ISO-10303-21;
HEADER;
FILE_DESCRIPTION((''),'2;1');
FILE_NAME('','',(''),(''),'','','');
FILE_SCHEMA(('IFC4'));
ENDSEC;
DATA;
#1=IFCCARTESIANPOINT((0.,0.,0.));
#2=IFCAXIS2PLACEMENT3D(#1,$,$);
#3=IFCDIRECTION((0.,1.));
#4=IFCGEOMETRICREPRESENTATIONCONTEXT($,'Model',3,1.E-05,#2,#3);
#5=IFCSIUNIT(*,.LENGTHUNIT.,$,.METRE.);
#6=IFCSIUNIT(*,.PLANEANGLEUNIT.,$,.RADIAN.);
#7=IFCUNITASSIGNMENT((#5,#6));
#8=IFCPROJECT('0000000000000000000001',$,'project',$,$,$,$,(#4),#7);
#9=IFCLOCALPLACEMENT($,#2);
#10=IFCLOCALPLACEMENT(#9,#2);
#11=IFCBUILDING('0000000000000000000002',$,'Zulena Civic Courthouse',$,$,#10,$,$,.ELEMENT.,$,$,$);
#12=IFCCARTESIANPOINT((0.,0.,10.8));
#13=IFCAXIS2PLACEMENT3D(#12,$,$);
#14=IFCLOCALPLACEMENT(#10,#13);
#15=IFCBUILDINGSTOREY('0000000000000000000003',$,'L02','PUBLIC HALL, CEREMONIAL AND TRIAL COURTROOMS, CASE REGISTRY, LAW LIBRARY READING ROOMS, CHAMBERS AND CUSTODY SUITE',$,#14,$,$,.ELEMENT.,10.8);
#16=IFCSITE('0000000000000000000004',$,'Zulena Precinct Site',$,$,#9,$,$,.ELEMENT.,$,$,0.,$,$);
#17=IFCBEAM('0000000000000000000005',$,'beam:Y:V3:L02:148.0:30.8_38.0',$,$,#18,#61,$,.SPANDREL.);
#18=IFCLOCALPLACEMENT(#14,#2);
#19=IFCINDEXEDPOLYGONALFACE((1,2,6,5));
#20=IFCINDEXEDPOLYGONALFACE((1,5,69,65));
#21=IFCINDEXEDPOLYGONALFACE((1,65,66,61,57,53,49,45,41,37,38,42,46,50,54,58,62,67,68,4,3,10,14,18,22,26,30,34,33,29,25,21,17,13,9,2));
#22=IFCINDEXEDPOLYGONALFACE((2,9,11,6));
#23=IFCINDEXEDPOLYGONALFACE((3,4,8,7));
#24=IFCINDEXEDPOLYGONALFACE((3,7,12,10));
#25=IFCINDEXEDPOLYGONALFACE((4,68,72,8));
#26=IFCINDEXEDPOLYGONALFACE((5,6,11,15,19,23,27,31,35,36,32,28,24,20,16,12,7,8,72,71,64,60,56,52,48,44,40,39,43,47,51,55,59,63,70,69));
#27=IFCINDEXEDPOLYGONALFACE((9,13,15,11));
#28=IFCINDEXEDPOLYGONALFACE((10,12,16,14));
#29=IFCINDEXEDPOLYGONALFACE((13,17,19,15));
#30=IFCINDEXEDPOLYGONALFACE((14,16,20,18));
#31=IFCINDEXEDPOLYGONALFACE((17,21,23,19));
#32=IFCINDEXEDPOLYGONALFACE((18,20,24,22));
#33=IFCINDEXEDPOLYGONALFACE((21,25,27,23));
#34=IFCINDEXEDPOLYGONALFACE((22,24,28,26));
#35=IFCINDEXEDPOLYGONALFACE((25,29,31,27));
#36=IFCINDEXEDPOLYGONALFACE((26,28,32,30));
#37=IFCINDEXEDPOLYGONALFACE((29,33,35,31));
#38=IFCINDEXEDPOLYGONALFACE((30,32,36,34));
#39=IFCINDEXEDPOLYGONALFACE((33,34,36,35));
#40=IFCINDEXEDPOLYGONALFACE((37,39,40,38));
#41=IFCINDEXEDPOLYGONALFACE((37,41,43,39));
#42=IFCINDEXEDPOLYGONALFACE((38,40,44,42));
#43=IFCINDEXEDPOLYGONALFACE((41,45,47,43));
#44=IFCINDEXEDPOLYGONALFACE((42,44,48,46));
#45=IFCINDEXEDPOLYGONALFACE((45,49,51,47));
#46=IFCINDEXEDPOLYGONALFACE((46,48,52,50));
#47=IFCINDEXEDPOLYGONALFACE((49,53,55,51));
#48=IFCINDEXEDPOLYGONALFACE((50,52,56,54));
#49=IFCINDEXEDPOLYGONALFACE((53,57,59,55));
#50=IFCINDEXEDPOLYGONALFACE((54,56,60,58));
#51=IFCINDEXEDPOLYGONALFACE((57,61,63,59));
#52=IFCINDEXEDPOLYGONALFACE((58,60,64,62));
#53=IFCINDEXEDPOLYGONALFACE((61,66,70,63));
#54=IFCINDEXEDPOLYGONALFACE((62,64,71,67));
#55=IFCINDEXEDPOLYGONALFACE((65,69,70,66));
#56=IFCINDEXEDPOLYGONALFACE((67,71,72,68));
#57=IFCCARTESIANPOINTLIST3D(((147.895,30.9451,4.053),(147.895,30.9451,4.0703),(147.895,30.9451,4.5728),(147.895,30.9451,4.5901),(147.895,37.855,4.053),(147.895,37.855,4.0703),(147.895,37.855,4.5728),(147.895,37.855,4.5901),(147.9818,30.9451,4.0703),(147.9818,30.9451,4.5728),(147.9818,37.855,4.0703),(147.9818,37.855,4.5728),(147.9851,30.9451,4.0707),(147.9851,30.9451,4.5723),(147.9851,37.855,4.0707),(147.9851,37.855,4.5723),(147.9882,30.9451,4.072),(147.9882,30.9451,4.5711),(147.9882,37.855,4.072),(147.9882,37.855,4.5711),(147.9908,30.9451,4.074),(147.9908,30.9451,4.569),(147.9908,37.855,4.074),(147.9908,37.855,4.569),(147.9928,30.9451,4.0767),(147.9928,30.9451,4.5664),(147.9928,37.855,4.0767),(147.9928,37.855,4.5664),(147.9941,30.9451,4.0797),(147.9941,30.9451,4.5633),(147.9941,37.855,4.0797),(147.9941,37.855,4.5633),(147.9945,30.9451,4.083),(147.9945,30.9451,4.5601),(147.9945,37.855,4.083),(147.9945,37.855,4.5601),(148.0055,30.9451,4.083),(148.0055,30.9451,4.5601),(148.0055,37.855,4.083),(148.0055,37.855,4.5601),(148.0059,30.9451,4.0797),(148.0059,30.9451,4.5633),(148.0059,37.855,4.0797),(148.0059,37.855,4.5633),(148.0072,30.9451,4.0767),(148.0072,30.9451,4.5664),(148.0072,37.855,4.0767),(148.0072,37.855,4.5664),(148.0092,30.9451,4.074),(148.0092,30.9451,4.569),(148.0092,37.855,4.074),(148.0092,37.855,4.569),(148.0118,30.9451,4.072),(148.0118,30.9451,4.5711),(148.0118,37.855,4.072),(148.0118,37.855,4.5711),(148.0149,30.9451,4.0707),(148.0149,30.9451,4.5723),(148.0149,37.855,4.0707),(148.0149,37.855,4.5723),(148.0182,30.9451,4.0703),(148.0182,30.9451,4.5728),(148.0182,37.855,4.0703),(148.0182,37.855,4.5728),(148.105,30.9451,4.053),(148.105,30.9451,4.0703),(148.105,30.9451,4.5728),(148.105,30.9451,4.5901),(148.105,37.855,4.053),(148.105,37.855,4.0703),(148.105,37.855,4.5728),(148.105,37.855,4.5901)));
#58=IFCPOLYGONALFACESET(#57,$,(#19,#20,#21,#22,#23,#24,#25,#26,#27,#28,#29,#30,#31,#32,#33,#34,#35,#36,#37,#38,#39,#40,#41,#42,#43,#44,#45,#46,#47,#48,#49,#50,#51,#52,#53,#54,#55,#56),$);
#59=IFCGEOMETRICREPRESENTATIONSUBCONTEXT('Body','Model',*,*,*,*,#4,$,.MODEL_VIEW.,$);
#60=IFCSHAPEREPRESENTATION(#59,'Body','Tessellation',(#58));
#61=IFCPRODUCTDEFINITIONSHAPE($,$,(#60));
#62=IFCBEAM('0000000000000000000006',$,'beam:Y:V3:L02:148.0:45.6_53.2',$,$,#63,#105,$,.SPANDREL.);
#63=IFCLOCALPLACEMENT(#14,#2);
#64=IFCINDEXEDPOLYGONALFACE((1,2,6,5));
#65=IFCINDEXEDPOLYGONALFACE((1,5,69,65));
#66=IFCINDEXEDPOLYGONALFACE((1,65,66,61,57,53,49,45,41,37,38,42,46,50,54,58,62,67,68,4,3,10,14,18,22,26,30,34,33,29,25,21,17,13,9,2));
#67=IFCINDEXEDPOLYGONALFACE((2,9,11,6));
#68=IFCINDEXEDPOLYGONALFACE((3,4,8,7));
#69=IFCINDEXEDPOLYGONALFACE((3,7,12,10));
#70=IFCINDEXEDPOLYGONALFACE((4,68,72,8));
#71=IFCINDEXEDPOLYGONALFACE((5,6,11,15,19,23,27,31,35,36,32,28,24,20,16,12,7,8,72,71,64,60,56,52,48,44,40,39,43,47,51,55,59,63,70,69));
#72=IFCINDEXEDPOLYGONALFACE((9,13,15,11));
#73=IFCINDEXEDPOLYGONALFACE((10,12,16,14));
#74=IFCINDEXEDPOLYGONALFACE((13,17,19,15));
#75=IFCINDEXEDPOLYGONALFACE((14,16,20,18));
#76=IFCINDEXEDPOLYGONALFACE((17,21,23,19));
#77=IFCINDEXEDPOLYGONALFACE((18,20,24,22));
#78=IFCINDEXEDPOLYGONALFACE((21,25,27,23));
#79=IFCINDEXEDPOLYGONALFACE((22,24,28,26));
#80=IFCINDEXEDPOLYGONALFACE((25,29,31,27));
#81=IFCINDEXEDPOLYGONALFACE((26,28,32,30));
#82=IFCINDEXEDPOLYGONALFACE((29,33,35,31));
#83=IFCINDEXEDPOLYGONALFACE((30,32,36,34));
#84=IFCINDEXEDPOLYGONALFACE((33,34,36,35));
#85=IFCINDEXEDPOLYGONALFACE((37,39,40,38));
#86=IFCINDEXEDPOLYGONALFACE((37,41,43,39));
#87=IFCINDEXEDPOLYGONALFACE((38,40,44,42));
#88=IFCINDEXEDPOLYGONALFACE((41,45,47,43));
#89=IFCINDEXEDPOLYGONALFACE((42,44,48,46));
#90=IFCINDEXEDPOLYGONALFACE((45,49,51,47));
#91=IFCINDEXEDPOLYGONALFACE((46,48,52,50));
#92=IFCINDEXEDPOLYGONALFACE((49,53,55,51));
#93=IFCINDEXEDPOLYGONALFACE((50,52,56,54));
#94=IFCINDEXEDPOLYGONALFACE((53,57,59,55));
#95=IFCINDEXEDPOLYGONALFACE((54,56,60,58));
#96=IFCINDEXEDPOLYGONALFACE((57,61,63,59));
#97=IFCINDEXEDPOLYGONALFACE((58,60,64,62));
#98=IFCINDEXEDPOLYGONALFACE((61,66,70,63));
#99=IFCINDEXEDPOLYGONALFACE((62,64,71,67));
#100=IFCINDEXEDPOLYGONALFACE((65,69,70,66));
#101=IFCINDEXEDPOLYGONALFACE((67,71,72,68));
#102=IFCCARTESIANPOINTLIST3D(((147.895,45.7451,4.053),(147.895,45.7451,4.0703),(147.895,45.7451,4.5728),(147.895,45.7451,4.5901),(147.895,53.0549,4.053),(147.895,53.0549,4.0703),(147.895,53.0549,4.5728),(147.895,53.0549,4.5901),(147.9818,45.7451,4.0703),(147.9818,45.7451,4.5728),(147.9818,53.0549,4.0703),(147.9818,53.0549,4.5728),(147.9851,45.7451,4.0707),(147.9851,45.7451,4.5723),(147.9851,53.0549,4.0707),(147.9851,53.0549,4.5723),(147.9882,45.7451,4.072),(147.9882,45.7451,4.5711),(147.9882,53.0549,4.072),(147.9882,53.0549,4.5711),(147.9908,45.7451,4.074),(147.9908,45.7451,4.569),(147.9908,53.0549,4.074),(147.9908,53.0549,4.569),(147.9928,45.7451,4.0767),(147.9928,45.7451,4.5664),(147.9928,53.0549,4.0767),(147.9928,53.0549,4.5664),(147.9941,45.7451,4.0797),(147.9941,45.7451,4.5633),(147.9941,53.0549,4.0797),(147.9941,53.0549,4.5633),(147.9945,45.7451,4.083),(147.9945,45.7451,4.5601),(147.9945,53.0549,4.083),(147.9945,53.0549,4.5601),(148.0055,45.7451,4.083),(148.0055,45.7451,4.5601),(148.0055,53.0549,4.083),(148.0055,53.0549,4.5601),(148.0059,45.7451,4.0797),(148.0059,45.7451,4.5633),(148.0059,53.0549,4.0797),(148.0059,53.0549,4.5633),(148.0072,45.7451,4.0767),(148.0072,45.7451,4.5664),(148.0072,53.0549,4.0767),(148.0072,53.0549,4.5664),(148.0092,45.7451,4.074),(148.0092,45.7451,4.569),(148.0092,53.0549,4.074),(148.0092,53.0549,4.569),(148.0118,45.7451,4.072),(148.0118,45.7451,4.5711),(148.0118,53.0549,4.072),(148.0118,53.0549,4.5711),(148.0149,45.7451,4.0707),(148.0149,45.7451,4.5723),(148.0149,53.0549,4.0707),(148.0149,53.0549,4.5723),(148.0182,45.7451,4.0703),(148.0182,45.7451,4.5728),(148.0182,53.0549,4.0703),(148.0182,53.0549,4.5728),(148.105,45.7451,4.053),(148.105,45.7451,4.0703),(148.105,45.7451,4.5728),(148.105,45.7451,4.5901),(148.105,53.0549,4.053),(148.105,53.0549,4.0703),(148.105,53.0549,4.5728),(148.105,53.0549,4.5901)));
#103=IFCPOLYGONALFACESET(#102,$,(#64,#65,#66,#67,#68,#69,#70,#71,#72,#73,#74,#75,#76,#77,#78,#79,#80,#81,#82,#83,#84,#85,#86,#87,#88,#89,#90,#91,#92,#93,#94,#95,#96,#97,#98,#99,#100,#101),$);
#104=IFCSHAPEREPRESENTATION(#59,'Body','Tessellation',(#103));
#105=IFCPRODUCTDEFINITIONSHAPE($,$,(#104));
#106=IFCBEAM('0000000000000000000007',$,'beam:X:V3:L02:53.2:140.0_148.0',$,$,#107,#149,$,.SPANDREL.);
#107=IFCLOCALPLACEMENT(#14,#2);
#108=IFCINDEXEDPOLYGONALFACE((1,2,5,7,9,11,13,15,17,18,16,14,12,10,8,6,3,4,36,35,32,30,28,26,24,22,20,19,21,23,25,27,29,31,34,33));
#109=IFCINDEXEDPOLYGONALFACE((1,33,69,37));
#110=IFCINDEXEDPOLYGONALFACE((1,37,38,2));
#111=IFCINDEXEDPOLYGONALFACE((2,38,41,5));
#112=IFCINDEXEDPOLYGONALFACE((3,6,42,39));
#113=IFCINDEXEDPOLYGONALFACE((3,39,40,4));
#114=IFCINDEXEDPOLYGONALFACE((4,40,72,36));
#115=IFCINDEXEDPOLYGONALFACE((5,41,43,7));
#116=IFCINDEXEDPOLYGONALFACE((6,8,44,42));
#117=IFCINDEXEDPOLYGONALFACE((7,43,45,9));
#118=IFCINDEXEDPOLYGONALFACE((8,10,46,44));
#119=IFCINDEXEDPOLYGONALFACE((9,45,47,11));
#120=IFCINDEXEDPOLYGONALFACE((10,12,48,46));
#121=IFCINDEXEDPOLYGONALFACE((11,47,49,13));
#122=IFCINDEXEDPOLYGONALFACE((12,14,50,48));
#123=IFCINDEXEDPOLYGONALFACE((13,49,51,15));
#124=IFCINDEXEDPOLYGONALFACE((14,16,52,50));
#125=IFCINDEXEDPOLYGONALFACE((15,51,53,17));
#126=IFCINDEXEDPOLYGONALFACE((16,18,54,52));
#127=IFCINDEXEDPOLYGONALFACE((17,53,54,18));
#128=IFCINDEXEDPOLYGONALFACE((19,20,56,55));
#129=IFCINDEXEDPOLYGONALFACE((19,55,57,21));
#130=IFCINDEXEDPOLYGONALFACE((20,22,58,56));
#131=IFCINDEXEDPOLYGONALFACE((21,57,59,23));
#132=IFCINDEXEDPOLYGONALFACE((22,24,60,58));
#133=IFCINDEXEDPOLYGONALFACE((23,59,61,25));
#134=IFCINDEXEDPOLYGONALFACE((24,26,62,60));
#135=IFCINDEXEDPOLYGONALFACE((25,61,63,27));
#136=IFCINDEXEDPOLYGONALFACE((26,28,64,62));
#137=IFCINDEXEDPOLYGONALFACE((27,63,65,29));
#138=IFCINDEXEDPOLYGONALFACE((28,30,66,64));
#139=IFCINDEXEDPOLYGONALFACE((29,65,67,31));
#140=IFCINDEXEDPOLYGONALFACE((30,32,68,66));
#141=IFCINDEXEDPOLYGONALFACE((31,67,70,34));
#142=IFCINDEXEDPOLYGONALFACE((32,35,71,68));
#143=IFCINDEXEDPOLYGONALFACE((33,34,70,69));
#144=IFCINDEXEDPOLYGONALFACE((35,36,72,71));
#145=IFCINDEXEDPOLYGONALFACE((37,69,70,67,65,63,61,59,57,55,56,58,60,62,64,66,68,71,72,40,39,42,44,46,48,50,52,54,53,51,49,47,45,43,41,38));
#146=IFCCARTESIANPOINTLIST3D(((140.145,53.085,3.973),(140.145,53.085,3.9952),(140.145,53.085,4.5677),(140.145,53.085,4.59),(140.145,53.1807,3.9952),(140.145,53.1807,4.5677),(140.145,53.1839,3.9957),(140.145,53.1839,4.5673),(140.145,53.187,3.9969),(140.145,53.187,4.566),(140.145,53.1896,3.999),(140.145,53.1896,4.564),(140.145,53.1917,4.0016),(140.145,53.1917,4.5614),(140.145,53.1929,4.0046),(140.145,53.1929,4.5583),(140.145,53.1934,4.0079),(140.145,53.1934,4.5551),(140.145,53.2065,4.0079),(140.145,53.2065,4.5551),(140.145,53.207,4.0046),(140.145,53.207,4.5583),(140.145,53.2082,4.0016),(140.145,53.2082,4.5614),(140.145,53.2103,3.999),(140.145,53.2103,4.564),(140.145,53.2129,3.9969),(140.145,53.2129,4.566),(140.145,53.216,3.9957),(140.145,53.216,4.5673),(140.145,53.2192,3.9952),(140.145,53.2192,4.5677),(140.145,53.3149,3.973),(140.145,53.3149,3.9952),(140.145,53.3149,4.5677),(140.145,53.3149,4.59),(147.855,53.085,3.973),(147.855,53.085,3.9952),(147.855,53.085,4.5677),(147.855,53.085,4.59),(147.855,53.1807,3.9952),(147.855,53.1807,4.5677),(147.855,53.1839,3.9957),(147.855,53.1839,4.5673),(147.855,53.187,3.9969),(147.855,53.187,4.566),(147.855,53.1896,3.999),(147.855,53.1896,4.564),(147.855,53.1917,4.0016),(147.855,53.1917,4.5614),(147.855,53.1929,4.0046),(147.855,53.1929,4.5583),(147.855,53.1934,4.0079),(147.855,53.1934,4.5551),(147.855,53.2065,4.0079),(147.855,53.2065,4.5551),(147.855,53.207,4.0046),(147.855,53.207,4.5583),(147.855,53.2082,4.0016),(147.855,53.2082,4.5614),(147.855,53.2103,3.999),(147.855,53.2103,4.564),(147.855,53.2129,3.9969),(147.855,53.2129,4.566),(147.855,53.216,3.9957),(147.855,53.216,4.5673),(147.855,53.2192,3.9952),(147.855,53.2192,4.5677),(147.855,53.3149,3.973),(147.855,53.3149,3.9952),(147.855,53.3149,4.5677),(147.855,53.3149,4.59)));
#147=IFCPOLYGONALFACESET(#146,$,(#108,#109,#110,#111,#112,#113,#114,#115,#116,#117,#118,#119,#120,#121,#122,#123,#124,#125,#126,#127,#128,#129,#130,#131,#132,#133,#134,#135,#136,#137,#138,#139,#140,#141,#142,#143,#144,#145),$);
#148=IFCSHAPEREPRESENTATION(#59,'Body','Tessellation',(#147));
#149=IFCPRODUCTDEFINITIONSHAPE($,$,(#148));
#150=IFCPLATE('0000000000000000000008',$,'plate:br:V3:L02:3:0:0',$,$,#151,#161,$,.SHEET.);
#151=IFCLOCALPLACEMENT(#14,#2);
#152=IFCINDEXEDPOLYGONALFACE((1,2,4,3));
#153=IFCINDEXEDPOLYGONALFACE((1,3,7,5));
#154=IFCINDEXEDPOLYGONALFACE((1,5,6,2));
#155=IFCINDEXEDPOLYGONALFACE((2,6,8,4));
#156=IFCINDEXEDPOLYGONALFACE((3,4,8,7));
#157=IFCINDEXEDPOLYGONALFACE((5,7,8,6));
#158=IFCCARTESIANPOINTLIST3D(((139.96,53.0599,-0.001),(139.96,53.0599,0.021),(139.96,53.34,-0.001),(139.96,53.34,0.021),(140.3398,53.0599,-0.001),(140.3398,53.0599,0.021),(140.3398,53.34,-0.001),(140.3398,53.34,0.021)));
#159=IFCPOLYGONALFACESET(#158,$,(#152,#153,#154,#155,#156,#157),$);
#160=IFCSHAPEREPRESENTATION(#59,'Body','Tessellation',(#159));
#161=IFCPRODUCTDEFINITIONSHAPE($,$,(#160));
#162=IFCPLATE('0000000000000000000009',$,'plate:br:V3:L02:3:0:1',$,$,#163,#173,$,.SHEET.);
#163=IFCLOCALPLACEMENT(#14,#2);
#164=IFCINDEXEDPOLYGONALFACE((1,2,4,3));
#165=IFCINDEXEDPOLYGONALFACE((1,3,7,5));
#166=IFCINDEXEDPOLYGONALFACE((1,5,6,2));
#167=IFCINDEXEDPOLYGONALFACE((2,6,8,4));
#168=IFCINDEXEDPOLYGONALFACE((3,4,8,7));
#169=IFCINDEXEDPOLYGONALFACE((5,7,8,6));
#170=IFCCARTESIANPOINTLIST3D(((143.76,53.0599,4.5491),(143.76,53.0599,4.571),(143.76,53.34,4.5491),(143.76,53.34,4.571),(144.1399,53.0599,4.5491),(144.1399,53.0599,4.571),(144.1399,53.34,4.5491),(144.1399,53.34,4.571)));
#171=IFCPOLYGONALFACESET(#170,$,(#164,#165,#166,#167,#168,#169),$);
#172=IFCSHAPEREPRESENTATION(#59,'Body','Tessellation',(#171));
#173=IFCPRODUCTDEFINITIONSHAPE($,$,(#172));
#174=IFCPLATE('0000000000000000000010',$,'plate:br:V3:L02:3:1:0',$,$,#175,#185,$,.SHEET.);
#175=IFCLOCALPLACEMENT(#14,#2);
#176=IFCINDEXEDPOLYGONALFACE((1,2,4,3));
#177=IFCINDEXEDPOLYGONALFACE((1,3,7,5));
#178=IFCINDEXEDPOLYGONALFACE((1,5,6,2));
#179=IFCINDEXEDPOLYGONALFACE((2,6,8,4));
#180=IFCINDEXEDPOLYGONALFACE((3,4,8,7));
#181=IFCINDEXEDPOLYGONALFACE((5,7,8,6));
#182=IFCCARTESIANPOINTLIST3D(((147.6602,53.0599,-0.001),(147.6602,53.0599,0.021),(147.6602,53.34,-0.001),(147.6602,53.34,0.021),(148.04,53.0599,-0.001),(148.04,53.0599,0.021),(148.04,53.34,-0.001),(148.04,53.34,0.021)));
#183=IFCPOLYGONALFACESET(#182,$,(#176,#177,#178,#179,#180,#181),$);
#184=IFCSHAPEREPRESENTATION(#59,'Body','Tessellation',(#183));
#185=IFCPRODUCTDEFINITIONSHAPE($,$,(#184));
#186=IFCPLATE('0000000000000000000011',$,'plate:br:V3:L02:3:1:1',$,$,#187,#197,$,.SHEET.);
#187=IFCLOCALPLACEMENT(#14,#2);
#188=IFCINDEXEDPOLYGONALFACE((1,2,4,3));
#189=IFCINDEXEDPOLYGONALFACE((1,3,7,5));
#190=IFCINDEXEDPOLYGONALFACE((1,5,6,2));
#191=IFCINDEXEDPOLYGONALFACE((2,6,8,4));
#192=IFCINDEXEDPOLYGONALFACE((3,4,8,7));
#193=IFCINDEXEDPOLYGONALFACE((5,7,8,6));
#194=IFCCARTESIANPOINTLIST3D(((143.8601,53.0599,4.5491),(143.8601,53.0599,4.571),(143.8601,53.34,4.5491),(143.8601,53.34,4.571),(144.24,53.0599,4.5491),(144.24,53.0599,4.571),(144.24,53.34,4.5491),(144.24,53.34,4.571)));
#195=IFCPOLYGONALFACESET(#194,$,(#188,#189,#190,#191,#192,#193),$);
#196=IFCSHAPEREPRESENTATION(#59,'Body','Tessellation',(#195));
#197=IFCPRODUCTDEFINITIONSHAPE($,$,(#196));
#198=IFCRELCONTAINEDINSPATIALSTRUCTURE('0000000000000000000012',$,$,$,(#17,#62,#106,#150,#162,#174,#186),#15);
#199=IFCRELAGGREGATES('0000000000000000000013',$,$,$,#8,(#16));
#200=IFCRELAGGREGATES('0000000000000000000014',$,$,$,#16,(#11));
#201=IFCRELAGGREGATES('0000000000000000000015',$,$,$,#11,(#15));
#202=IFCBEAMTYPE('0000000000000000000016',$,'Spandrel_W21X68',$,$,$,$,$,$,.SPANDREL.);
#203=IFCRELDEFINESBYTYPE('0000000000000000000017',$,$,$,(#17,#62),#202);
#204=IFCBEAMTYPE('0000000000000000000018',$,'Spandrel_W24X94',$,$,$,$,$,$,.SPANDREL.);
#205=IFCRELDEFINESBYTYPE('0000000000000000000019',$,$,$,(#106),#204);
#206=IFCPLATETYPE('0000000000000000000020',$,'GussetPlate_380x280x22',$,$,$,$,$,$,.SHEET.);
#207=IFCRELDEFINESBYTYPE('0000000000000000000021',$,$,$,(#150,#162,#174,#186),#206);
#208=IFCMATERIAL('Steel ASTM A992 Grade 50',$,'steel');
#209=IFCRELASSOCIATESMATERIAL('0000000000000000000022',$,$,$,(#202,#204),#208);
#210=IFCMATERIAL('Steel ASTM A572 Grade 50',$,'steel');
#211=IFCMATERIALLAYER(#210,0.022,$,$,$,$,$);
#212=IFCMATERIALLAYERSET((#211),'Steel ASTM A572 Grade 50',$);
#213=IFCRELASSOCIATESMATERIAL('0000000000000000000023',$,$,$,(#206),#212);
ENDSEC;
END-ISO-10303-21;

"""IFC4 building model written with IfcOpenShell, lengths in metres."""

from ifc_helpers import new_model, si_unit, direction, frame, origin, origin_2d, place, context, subcontext, project, spatial, rectangle, i_section, extrude, material, layer, layer_set, material_profile, profile_set, type_object, element, save


model = new_model("IFC4")

# Units and contexts
model_context = context("Model", 3, precision=1e-05, world=origin(), true_north=direction((0.0, 1.0)))
body_context = subcontext(model_context, "Body", "Model", "MODEL_VIEW")
ifc_project = project(units=[si_unit("LENGTHUNIT", "METRE"), si_unit("PLANEANGLEUNIT", "RADIAN")], contexts=[model_context])

# Site, building, storey
site_placement = place(None, origin())
site = spatial("IfcSite", under=ifc_project, at=site_placement, Name="Zulena Precinct Site", CompositionType="ELEMENT", RefElevation=0.0)
building_placement = place(site_placement, origin())
building = spatial("IfcBuilding", under=site, at=building_placement, Name="Zulena Civic Courthouse", CompositionType="ELEMENT")
storey_placement = place(building_placement, frame((0.0, 0.0, 10.8)))
storey = spatial("IfcBuildingStorey", under=building, at=storey_placement, Name="L02", Description="PUBLIC HALL, CEREMONIAL AND TRIAL COURTROOMS, CASE REGISTRY, LAW LIBRARY READING ROOMS, CHAMBERS AND CUSTODY SUITE", CompositionType="ELEMENT", Elevation=10.8)

# Shared definitions
ifc_material_1 = material(Name="Steel ASTM A992 Grade 50", Category="steel")

# Beams
ifc_material_profile_1 = material_profile(ifc_material_1, i_section(OverallWidth=0.21, OverallDepth=0.5371, WebThickness=0.011, FlangeThickness=0.0173, FilletRadius=0.0127, at=origin_2d()), Name="W21X68")
ifc_profile_set_1 = profile_set([ifc_material_profile_1], Name="Steel ASTM A992 Grade 50")
beam_type_1 = type_object("IfcBeamType", Name="Spandrel_W21X68", PredefinedType="SPANDREL", material=ifc_profile_set_1)
beam_1_placement = place(storey_placement, frame((148.0, 30.9451, 4.3215), z_axis=(0.0, 1.0, 0.0), x_axis=(-1.0, 0.0, 0.0)))
element("IfcBeam", 1, at=beam_1_placement, inside=storey, type_object=beam_type_1, Name="beam:Y:V3:L02:148.0:30.8_38.0", PredefinedType="SPANDREL", context=body_context, shape_type="SweptSolid", body=[
    extrude(i_section(OverallWidth=0.21, OverallDepth=0.5371, WebThickness=0.011, FlangeThickness=0.0173, FilletRadius=0.0127, at=origin_2d()), origin(), (0.0, 0.0, 1.0), 6.9099),
])
beam_2_placement = place(storey_placement, frame((148.0, 45.7451, 4.3215), z_axis=(0.0, 1.0, 0.0), x_axis=(-1.0, 0.0, 0.0)))
element("IfcBeam", 2, at=beam_2_placement, inside=storey, type_object=beam_type_1, Name="beam:Y:V3:L02:148.0:45.6_53.2", PredefinedType="SPANDREL", context=body_context, shape_type="SweptSolid", body=[
    extrude(i_section(OverallWidth=0.21, OverallDepth=0.5371, WebThickness=0.011, FlangeThickness=0.0173, FilletRadius=0.0127, at=origin_2d()), origin(), (0.0, 0.0, 1.0), 7.3098),
])
ifc_material_profile_2 = material_profile(ifc_material_1, i_section(OverallWidth=0.23, OverallDepth=0.6169, WebThickness=0.0132, FlangeThickness=0.0222, FilletRadius=0.0127, at=origin_2d()), Name="W24X94")
ifc_profile_set_2 = profile_set([ifc_material_profile_2], Name="Steel ASTM A992 Grade 50")
beam_type_2 = type_object("IfcBeamType", Name="Spandrel_W24X94", PredefinedType="SPANDREL", material=ifc_profile_set_2)
beam_3_placement = place(storey_placement, frame((140.145, 53.2, 4.2815), z_axis=(1.0, 0.0, 0.0), x_axis=(0.0, 1.0, 0.0)))
element("IfcBeam", 3, at=beam_3_placement, inside=storey, type_object=beam_type_2, Name="beam:X:V3:L02:53.2:140.0_148.0", PredefinedType="SPANDREL", context=body_context, shape_type="SweptSolid", body=[
    extrude(i_section(OverallWidth=0.23, OverallDepth=0.6169, WebThickness=0.0132, FlangeThickness=0.0222, FilletRadius=0.0127, at=origin_2d()), origin(), (0.0, 0.0, 1.0), 7.71),
])

# Plates
ifc_material_2 = material(Name="Steel ASTM A572 Grade 50", Category="steel")
ifc_layer_1 = layer(ifc_material_2, 0.022)
ifc_layer_set_1 = layer_set([ifc_layer_1], Name="Steel ASTM A572 Grade 50")
plate_type = type_object("IfcPlateType", Name="GussetPlate_380x280x22", PredefinedType="SHEET", material=ifc_layer_set_1)
for number, where, z_axis, x_axis, name in (
    (4, (140.1499, 53.2, -0.001), (0.0, 0.0, 1.0), (1.0, 0.0, 0.0), "plate:br:V3:L02:3:0:0"),
    (5, (143.95, 53.2, 4.5491), (0.0, 0.0, 1.0), (1.0, 0.0, 0.0), "plate:br:V3:L02:3:0:1"),
    (6, (147.8501, 53.2, -0.001), (0.0, 0.0, 1.0), (1.0, 0.0, 0.0), "plate:br:V3:L02:3:1:0"),
    (7, (144.05, 53.2, 4.5491), (0.0, 0.0, 1.0), (1.0, 0.0, 0.0), "plate:br:V3:L02:3:1:1"),
):
    element("IfcPlate", number, at=place(storey_placement, frame(where, z_axis=z_axis, x_axis=x_axis)), inside=storey, type_object=plate_type, Name=name, PredefinedType="SHEET", context=body_context, shape_type="SweptSolid", body=[
        extrude(rectangle(XDim=0.3799, YDim=0.28, at=origin_2d()), origin(), (0.0, 0.0, 1.0), 0.022),
    ])

save(model, "model.ifc")
